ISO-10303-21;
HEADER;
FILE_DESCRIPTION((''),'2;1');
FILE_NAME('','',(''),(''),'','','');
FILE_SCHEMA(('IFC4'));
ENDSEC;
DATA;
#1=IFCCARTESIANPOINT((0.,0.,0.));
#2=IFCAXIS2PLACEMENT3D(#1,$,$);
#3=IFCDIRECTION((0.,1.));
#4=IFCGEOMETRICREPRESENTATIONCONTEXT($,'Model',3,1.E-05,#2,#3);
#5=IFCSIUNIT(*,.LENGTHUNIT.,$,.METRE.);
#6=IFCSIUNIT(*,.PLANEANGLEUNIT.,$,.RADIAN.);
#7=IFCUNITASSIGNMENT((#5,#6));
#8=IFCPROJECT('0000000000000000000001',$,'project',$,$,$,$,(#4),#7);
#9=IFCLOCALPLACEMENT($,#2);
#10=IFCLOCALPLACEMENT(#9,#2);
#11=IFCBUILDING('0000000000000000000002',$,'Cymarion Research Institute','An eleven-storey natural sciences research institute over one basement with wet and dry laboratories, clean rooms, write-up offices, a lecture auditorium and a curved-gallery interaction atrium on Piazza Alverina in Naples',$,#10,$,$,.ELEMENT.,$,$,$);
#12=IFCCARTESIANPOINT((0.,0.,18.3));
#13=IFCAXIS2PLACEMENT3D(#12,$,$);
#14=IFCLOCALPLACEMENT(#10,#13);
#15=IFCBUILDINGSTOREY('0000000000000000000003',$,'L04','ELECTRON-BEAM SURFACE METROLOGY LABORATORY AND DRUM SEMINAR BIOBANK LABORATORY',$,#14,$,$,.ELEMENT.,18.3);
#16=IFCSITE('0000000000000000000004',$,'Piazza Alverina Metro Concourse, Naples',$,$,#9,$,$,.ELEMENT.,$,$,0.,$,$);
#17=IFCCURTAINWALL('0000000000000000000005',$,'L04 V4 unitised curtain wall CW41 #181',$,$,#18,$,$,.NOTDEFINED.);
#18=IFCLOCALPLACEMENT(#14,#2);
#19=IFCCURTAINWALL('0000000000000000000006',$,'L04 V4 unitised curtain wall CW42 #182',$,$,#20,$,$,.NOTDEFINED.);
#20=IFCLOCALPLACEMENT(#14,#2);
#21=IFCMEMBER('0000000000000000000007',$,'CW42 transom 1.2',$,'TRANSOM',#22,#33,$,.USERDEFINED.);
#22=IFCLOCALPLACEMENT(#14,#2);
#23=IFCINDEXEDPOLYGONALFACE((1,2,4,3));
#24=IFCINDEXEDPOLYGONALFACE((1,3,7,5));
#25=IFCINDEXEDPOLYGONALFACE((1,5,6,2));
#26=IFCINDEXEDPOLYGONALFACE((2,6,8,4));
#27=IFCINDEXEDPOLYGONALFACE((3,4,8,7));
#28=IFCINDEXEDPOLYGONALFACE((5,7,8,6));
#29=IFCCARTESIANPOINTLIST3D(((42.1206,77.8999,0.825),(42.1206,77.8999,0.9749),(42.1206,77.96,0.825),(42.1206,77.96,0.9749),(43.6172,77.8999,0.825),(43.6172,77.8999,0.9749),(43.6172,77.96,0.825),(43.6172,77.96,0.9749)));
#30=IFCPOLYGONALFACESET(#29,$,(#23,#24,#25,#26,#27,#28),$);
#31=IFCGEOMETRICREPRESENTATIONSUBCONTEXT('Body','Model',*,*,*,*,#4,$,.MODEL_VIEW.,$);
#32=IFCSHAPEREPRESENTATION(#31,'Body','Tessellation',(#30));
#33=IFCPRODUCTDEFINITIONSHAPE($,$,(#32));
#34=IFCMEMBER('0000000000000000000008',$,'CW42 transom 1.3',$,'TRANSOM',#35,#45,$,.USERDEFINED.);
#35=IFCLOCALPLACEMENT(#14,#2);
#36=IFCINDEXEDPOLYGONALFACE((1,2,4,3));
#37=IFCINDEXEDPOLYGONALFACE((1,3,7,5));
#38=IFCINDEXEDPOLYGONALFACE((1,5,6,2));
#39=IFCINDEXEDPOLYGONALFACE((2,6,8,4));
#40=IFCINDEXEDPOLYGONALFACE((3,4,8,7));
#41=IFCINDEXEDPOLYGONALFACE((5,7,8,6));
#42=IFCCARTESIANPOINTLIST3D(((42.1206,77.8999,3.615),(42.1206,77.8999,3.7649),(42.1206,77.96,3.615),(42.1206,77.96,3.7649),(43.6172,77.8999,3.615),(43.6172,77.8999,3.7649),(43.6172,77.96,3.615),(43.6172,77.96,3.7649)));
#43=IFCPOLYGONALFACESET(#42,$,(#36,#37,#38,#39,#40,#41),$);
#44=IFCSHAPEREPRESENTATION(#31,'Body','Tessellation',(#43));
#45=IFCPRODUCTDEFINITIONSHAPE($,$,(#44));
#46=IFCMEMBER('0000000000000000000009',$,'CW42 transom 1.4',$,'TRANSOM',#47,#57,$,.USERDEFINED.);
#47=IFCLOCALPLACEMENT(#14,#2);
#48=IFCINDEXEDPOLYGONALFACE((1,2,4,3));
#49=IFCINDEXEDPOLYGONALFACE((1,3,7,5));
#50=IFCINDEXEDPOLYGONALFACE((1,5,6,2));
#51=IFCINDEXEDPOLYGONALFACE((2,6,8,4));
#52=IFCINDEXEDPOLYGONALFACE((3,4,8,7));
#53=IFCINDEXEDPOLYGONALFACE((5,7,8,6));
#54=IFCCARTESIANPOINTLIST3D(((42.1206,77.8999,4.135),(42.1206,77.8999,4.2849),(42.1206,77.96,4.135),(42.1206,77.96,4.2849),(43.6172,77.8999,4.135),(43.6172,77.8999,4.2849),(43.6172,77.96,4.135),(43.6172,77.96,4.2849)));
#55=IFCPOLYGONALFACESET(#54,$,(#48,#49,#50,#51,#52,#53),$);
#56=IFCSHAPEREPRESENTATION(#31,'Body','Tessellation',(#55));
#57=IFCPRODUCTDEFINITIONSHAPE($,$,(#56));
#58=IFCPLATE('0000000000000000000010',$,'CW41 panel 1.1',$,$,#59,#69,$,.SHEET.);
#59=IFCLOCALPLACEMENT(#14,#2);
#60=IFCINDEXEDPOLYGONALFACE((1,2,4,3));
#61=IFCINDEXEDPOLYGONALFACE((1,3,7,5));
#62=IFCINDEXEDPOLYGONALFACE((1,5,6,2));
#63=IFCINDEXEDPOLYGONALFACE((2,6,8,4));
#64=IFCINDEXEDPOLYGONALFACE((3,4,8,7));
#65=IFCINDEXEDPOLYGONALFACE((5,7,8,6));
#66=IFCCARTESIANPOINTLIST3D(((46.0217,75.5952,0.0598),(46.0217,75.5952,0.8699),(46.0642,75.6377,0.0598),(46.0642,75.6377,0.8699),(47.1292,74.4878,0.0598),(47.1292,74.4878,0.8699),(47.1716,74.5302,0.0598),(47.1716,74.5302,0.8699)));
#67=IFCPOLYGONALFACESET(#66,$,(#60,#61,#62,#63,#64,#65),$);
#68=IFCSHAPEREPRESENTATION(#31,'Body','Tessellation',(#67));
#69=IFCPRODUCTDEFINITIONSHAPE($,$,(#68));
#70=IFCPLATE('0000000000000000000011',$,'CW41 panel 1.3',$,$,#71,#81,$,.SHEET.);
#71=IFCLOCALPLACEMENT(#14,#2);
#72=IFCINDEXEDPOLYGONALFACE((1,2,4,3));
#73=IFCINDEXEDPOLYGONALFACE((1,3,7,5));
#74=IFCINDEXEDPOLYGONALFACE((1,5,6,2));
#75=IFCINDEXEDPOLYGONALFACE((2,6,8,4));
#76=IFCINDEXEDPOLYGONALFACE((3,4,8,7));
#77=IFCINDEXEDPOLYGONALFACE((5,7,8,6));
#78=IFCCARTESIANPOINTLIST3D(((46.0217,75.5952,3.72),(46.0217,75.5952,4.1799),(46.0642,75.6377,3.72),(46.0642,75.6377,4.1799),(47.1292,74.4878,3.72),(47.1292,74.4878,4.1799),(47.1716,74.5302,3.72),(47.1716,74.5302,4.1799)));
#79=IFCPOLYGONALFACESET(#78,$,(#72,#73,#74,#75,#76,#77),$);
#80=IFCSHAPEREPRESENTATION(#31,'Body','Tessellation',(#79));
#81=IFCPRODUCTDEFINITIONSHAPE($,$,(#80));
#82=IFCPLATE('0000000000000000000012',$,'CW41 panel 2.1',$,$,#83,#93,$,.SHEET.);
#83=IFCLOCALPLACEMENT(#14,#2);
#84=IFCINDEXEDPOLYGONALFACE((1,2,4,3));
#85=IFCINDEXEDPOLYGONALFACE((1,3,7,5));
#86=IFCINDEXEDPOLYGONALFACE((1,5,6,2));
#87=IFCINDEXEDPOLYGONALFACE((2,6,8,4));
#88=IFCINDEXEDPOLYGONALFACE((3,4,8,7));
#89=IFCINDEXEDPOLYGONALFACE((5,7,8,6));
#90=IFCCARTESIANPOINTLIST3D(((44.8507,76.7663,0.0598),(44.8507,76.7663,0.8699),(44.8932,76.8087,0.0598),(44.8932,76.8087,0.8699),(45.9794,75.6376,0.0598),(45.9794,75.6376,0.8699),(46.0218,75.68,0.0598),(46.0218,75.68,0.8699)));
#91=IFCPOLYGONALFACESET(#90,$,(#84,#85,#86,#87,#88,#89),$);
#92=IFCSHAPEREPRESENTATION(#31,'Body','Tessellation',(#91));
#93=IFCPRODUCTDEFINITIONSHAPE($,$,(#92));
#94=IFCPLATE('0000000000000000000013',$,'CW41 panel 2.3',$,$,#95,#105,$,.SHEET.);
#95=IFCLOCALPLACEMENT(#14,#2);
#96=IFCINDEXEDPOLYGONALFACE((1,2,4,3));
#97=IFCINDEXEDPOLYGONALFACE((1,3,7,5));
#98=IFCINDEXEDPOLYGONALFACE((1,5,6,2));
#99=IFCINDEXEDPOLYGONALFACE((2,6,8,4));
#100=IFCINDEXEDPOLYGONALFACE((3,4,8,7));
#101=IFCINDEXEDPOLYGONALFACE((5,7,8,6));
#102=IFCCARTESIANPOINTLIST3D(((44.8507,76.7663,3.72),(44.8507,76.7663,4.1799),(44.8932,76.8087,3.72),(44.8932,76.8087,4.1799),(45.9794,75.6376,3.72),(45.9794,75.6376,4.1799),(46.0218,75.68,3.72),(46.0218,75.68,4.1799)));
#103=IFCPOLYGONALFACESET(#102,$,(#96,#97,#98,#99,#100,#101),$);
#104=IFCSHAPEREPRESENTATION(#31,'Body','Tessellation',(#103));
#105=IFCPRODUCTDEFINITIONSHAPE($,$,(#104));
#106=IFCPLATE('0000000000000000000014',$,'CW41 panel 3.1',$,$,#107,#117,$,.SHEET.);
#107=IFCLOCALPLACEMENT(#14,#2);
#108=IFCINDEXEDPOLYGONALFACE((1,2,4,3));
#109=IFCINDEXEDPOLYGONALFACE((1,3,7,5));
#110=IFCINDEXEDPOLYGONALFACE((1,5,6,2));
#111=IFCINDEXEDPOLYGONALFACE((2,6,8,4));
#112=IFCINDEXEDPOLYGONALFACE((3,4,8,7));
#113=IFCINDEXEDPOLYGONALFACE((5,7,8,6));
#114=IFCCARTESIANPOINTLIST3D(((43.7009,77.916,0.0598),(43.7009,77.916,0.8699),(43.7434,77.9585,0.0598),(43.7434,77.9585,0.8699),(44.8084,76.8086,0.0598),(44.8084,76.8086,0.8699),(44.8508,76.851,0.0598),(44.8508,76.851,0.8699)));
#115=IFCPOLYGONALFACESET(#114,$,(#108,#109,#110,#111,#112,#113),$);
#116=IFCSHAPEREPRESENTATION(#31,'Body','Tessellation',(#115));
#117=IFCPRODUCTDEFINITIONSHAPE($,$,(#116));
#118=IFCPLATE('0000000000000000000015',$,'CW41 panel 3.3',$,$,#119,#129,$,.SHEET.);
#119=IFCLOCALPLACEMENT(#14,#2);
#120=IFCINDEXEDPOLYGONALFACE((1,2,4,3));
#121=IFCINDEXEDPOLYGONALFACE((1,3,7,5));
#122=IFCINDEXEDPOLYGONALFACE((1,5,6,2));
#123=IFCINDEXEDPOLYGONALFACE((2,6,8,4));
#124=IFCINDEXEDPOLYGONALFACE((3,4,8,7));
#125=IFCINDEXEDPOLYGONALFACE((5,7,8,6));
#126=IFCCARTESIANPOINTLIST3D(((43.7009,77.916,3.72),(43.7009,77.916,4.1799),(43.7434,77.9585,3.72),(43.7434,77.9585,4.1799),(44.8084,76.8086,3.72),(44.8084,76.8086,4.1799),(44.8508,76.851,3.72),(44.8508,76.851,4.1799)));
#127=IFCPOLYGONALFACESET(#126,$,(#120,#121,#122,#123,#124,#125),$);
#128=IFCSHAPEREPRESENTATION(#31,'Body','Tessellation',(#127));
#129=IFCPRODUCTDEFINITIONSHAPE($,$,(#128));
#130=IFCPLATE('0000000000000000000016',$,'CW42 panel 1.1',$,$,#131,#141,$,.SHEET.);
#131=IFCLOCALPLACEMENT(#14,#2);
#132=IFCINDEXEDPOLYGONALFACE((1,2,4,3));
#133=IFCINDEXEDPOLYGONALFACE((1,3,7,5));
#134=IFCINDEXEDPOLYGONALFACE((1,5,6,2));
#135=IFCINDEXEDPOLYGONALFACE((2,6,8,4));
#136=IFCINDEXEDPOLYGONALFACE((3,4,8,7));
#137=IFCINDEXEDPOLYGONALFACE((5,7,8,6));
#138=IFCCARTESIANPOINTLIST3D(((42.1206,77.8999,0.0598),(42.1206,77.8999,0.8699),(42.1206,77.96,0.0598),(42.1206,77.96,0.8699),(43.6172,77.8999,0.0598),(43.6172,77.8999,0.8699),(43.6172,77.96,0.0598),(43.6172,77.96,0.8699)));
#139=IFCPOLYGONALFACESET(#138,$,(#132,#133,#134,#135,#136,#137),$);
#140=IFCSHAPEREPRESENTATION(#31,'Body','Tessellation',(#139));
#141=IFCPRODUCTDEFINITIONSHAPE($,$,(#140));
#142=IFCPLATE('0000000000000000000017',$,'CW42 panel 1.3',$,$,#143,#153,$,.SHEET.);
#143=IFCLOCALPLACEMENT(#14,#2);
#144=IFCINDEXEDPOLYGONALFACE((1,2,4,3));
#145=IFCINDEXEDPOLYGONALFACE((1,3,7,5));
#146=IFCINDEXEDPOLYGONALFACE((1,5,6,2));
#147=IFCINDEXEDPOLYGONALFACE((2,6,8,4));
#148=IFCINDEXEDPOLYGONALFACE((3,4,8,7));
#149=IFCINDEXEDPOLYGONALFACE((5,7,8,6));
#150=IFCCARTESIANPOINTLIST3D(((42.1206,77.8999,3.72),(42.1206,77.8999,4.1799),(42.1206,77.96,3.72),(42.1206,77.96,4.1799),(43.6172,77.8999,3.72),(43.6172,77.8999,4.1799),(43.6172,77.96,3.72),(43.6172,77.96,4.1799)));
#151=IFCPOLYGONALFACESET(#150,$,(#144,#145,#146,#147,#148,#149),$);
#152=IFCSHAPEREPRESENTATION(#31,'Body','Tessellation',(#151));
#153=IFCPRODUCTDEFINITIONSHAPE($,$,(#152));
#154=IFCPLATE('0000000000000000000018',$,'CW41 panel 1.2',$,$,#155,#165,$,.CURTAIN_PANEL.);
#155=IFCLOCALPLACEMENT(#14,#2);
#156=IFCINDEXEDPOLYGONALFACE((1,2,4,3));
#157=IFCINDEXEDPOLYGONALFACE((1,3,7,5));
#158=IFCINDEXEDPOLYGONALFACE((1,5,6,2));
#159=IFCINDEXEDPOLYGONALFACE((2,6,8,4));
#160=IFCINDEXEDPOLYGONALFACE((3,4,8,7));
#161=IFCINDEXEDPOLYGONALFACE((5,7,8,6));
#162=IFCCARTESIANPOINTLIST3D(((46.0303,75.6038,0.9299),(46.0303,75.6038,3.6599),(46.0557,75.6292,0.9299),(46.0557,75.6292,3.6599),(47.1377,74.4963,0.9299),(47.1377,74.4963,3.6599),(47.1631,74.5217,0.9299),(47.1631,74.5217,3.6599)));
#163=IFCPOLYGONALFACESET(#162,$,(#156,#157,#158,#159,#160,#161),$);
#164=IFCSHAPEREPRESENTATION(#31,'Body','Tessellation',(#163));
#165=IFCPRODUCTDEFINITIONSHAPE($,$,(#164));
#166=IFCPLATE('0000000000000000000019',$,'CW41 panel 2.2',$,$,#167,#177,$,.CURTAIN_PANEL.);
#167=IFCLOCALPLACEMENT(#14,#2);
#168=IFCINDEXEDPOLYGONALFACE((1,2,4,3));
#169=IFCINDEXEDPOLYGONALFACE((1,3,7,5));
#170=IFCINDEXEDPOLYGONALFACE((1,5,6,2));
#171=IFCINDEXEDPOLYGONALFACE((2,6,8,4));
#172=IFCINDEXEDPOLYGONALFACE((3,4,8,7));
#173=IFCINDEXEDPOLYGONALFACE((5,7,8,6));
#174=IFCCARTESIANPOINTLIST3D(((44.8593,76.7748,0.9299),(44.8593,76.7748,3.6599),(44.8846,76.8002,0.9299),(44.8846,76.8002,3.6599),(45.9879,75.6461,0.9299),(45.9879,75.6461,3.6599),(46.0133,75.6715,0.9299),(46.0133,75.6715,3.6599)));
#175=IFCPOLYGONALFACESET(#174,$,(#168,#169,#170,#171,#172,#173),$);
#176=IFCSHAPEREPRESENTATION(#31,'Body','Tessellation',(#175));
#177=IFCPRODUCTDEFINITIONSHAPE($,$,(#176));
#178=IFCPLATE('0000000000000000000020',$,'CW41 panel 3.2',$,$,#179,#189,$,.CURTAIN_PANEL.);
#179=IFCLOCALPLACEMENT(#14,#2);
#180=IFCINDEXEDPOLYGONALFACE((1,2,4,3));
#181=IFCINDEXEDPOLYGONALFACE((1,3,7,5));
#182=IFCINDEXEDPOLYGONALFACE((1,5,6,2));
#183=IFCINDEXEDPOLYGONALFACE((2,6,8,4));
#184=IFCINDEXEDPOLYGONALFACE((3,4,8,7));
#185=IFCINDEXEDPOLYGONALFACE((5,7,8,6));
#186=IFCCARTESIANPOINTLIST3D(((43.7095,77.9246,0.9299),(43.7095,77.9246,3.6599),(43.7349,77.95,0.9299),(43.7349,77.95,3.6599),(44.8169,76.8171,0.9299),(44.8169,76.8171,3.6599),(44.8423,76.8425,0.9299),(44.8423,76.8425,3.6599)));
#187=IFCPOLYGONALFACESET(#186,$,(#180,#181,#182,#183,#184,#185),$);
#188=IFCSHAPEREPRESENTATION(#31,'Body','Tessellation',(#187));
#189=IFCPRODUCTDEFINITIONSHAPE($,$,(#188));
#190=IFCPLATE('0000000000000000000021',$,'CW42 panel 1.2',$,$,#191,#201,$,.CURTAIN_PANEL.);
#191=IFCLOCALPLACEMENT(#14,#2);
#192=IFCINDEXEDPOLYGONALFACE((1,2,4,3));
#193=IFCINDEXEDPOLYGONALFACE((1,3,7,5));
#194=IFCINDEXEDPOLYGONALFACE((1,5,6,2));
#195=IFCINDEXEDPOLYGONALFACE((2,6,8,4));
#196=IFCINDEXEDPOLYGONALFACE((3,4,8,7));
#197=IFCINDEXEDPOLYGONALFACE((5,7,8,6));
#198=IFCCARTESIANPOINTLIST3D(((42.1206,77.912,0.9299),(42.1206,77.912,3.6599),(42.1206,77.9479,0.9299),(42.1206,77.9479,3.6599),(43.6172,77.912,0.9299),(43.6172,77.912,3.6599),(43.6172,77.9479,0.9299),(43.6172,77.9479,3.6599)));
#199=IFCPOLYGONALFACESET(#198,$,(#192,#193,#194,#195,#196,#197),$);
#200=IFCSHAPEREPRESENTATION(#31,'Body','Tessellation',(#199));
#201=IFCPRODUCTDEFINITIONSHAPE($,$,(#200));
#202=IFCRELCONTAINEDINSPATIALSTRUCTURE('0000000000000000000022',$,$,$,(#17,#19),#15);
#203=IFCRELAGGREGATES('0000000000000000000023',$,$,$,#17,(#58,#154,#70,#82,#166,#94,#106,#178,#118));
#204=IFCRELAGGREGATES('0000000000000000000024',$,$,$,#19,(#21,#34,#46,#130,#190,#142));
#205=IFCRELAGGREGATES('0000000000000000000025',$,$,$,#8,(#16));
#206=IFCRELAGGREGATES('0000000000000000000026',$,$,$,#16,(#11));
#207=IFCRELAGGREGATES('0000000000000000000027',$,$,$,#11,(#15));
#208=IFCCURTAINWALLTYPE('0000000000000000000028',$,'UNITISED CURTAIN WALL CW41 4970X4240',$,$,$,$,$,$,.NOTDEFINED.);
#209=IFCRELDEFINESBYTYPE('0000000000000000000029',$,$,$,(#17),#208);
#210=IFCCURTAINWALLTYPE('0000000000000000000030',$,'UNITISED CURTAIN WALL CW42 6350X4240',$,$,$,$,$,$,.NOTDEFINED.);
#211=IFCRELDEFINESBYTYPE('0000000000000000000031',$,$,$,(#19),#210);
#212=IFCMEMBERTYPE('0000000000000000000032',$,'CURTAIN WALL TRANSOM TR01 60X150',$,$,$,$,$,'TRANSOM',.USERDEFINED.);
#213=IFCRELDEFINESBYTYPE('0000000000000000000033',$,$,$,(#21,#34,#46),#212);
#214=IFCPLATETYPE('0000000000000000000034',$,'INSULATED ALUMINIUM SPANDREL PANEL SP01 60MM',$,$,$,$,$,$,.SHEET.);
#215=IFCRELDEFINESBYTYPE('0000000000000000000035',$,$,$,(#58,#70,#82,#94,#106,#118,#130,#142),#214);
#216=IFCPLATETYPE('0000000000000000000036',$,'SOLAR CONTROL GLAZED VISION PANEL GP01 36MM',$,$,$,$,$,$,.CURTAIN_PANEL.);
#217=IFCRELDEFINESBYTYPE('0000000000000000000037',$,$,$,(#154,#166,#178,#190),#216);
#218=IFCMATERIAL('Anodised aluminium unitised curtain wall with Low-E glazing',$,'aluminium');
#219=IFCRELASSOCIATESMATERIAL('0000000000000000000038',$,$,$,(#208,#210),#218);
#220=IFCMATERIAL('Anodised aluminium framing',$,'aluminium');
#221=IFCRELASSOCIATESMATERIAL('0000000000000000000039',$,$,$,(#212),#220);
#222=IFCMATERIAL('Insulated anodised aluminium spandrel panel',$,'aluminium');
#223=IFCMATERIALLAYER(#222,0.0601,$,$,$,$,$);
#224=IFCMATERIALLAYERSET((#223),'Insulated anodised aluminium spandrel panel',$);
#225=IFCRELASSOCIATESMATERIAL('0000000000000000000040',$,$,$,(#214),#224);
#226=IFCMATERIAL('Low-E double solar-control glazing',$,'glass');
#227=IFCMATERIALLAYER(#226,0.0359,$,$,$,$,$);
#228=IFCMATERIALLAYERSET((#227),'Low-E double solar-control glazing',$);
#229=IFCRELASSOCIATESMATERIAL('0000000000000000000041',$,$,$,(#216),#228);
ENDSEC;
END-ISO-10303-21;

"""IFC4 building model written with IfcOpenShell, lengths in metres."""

from ifc_helpers import new_model, si_unit, direction, frame, origin, origin_2d, place, context, subcontext, project, spatial, rectangle, extrude, material, layer, layer_set, material_profile, profile_set, type_object, element, aggregate, save


model = new_model("IFC4")

# Units and contexts
model_context = context("Model", 3, precision=1e-05, world=origin(), true_north=direction((0.0, 1.0)))
body_context = subcontext(model_context, "Body", "Model", "MODEL_VIEW")
ifc_project = project(units=[si_unit("LENGTHUNIT", "METRE"), si_unit("PLANEANGLEUNIT", "RADIAN")], contexts=[model_context])

# Site, building, storey
site_placement = place(None, origin())
site = spatial("IfcSite", under=ifc_project, at=site_placement, Name="Piazza Alverina Metro Concourse, Naples", CompositionType="ELEMENT", RefElevation=0.0)
building_placement = place(site_placement, origin())
building = spatial("IfcBuilding", under=site, at=building_placement, Name="Cymarion Research Institute", Description="An eleven-storey natural sciences research institute over one basement with wet and dry laboratories, clean rooms, write-up offices, a lecture auditorium and a curved-gallery interaction atrium on Piazza Alverina in Naples", CompositionType="ELEMENT")
storey_placement = place(building_placement, frame((0.0, 0.0, 18.3)))
storey = spatial("IfcBuildingStorey", under=building, at=storey_placement, Name="L04", Description="ELECTRON-BEAM SURFACE METROLOGY LABORATORY AND DRUM SEMINAR BIOBANK LABORATORY", CompositionType="ELEMENT", Elevation=18.3)

# Curtain wall
ifc_material_1 = material(Name="Anodised aluminium unitised curtain wall with Low-E glazing", Category="aluminium")
curtain_wall_type_1 = type_object("IfcCurtainWallType", Name="UNITISED CURTAIN WALL CW41 4970X4240", PredefinedType="NOTDEFINED", material=ifc_material_1)
curtain_wall_1_placement = place(storey_placement, origin())
curtain_wall_1 = element("IfcCurtainWall", 1, at=curtain_wall_1_placement, inside=storey, type_object=curtain_wall_type_1, Name="L04 V4 unitised curtain wall CW41 #181", PredefinedType="NOTDEFINED")
ifc_material_2 = material(Name="Anodised aluminium framing", Category="aluminium")

# Curtain wall
curtain_wall_type_2 = type_object("IfcCurtainWallType", Name="UNITISED CURTAIN WALL CW42 6350X4240", PredefinedType="NOTDEFINED", material=ifc_material_1)
curtain_wall_2_placement = place(storey_placement, origin())
curtain_wall_2 = element("IfcCurtainWall", 2, at=curtain_wall_2_placement, inside=storey, type_object=curtain_wall_type_2, Name="L04 V4 unitised curtain wall CW42 #182", PredefinedType="NOTDEFINED")

# Members
ifc_material_profile_1 = material_profile(ifc_material_2, rectangle(XDim=0.0601, YDim=0.1499, at=origin_2d()), Name="ALU TRANSOM 60x150")
ifc_profile_set_1 = profile_set([ifc_material_profile_1], Name="Anodised aluminium framing")
member_type_1 = type_object("IfcMemberType", Name="CURTAIN WALL TRANSOM TR01 60X150", ElementType="TRANSOM", PredefinedType="USERDEFINED", material=ifc_profile_set_1)
member_1_placement = place(storey_placement, frame((43.6172, 77.9299, 0.8999), z_axis=(-1.0, 0.0, 0.0), x_axis=(0.0, -1.0, 0.0)))
member_1 = element("IfcMember", 3, at=member_1_placement, type_object=member_type_1, Name="CW42 transom 1.2", ObjectType="TRANSOM", PredefinedType="USERDEFINED", context=body_context, shape_type="SweptSolid", body=[
    extrude(rectangle(XDim=0.0601, YDim=0.1499, at=origin_2d()), origin(), (0.0, 0.0, 1.0), 1.4966),
])
member_2_placement = place(storey_placement, frame((43.6172, 77.9299, 3.6899), z_axis=(-1.0, 0.0, 0.0), x_axis=(0.0, -1.0, 0.0)))
member_2 = element("IfcMember", 4, at=member_2_placement, type_object=member_type_1, Name="CW42 transom 1.3", ObjectType="TRANSOM", PredefinedType="USERDEFINED", context=body_context, shape_type="SweptSolid", body=[
    extrude(rectangle(XDim=0.0601, YDim=0.1499, at=origin_2d()), origin(), (0.0, 0.0, 1.0), 1.4966),
])
member_3_placement = place(storey_placement, frame((43.6172, 77.9299, 4.21), z_axis=(-1.0, 0.0, 0.0), x_axis=(0.0, -1.0, 0.0)))
member_3 = element("IfcMember", 5, at=member_3_placement, type_object=member_type_1, Name="CW42 transom 1.4", ObjectType="TRANSOM", PredefinedType="USERDEFINED", context=body_context, shape_type="SweptSolid", body=[
    extrude(rectangle(XDim=0.0601, YDim=0.1499, at=origin_2d()), origin(), (0.0, 0.0, 1.0), 1.4966),
])

# Plates
ifc_material_3 = material(Name="Insulated anodised aluminium spandrel panel", Category="aluminium")
ifc_layer_1 = layer(ifc_material_3, 0.0601)
ifc_layer_set_1 = layer_set([ifc_layer_1], Name="Insulated anodised aluminium spandrel panel")
plate_type_1 = type_object("IfcPlateType", Name="INSULATED ALUMINIUM SPANDREL PANEL SP01 60MM", PredefinedType="SHEET", material=ifc_layer_set_1)
plate_1_placement = place(storey_placement, frame((46.5967, 75.0627, 0.0598), z_axis=(0.0, 0.0, 1.0), x_axis=(-0.707097, 0.707117, 0.0)))
plate_1 = element("IfcPlate", 6, at=plate_1_placement, type_object=plate_type_1, Name="CW41 panel 1.1", PredefinedType="SHEET", context=body_context, shape_type="SweptSolid", body=[
    extrude(rectangle(XDim=1.5662, YDim=0.0601, at=origin_2d()), origin(), (0.0, 0.0, 1.0), 0.8101),
])
plate_2_placement = place(storey_placement, frame((46.5967, 75.0627, 3.72), z_axis=(0.0, 0.0, 1.0), x_axis=(-0.707097, 0.707117, 0.0)))
plate_2 = element("IfcPlate", 7, at=plate_2_placement, type_object=plate_type_1, Name="CW41 panel 1.3", PredefinedType="SHEET", context=body_context, shape_type="SweptSolid", body=[
    extrude(rectangle(XDim=1.5662, YDim=0.0601, at=origin_2d()), origin(), (0.0, 0.0, 1.0), 0.46),
])
plate_3_placement = place(storey_placement, frame((45.4363, 76.2231, 0.0598), z_axis=(0.0, 0.0, 1.0), x_axis=(-0.707097, 0.707117, 0.0)))
plate_3 = element("IfcPlate", 8, at=plate_3_placement, type_object=plate_type_1, Name="CW41 panel 2.1", PredefinedType="SHEET", context=body_context, shape_type="SweptSolid", body=[
    extrude(rectangle(XDim=1.5962, YDim=0.0601, at=origin_2d()), origin(), (0.0, 0.0, 1.0), 0.8101),
])
plate_4_placement = place(storey_placement, frame((45.4363, 76.2231, 3.72), z_axis=(0.0, 0.0, 1.0), x_axis=(-0.707097, 0.707117, 0.0)))
plate_4 = element("IfcPlate", 9, at=plate_4_placement, type_object=plate_type_1, Name="CW41 panel 2.3", PredefinedType="SHEET", context=body_context, shape_type="SweptSolid", body=[
    extrude(rectangle(XDim=1.5962, YDim=0.0601, at=origin_2d()), origin(), (0.0, 0.0, 1.0), 0.46),
])
plate_5_placement = place(storey_placement, frame((44.2759, 77.3835, 0.0598), z_axis=(0.0, 0.0, 1.0), x_axis=(-0.707097, 0.707117, 0.0)))
plate_5 = element("IfcPlate", 10, at=plate_5_placement, type_object=plate_type_1, Name="CW41 panel 3.1", PredefinedType="SHEET", context=body_context, shape_type="SweptSolid", body=[
    extrude(rectangle(XDim=1.5662, YDim=0.0601, at=origin_2d()), origin(), (0.0, 0.0, 1.0), 0.8101),
])
plate_6_placement = place(storey_placement, frame((44.2759, 77.3835, 3.72), z_axis=(0.0, 0.0, 1.0), x_axis=(-0.707097, 0.707117, 0.0)))
plate_6 = element("IfcPlate", 11, at=plate_6_placement, type_object=plate_type_1, Name="CW41 panel 3.3", PredefinedType="SHEET", context=body_context, shape_type="SweptSolid", body=[
    extrude(rectangle(XDim=1.5662, YDim=0.0601, at=origin_2d()), origin(), (0.0, 0.0, 1.0), 0.46),
])
plate_7_placement = place(storey_placement, frame((42.8689, 77.9299, 0.0598), z_axis=(0.0, 0.0, 1.0), x_axis=(-1.0, 0.0, 0.0)))
plate_7 = element("IfcPlate", 12, at=plate_7_placement, type_object=plate_type_1, Name="CW42 panel 1.1", PredefinedType="SHEET", context=body_context, shape_type="SweptSolid", body=[
    extrude(rectangle(XDim=1.4966, YDim=0.0601, at=origin_2d()), origin(), (0.0, 0.0, 1.0), 0.8101),
])
plate_8_placement = place(storey_placement, frame((42.8689, 77.9299, 3.72), z_axis=(0.0, 0.0, 1.0), x_axis=(-1.0, 0.0, 0.0)))
plate_8 = element("IfcPlate", 13, at=plate_8_placement, type_object=plate_type_1, Name="CW42 panel 1.3", PredefinedType="SHEET", context=body_context, shape_type="SweptSolid", body=[
    extrude(rectangle(XDim=1.4966, YDim=0.0601, at=origin_2d()), origin(), (0.0, 0.0, 1.0), 0.46),
])
ifc_material_4 = material(Name="Low-E double solar-control glazing", Category="glass")
ifc_layer_2 = layer(ifc_material_4, 0.0359)
ifc_layer_set_2 = layer_set([ifc_layer_2], Name="Low-E double solar-control glazing")
plate_type_2 = type_object("IfcPlateType", Name="SOLAR CONTROL GLAZED VISION PANEL GP01 36MM", PredefinedType="CURTAIN_PANEL", material=ifc_layer_set_2)
plate_9_placement = place(storey_placement, frame((46.5967, 75.0627, 0.9299), z_axis=(0.0, 0.0, 1.0), x_axis=(-0.707097, 0.707117, 0.0)))
plate_9 = element("IfcPlate", 14, at=plate_9_placement, type_object=plate_type_2, Name="CW41 panel 1.2", PredefinedType="CURTAIN_PANEL", context=body_context, shape_type="SweptSolid", body=[
    extrude(rectangle(XDim=1.5662, YDim=0.0359, at=origin_2d()), origin(), (0.0, 0.0, 1.0), 2.73),
])
plate_10_placement = place(storey_placement, frame((45.4363, 76.2231, 0.9299), z_axis=(0.0, 0.0, 1.0), x_axis=(-0.707097, 0.707117, 0.0)))
plate_10 = element("IfcPlate", 15, at=plate_10_placement, type_object=plate_type_2, Name="CW41 panel 2.2", PredefinedType="CURTAIN_PANEL", context=body_context, shape_type="SweptSolid", body=[
    extrude(rectangle(XDim=1.5962, YDim=0.0359, at=origin_2d()), origin(), (0.0, 0.0, 1.0), 2.73),
])
plate_11_placement = place(storey_placement, frame((44.2759, 77.3835, 0.9299), z_axis=(0.0, 0.0, 1.0), x_axis=(-0.707097, 0.707117, 0.0)))
plate_11 = element("IfcPlate", 16, at=plate_11_placement, type_object=plate_type_2, Name="CW41 panel 3.2", PredefinedType="CURTAIN_PANEL", context=body_context, shape_type="SweptSolid", body=[
    extrude(rectangle(XDim=1.5662, YDim=0.0359, at=origin_2d()), origin(), (0.0, 0.0, 1.0), 2.73),
])
aggregate(curtain_wall_1, [plate_1, plate_9, plate_2, plate_3, plate_10, plate_4, plate_5, plate_11, plate_6])
plate_12_placement = place(storey_placement, frame((42.8689, 77.9299, 0.9299), z_axis=(0.0, 0.0, 1.0), x_axis=(-1.0, 0.0, 0.0)))
plate_12 = element("IfcPlate", 17, at=plate_12_placement, type_object=plate_type_2, Name="CW42 panel 1.2", PredefinedType="CURTAIN_PANEL", context=body_context, shape_type="SweptSolid", body=[
    extrude(rectangle(XDim=1.4966, YDim=0.0359, at=origin_2d()), origin(), (0.0, 0.0, 1.0), 2.73),
])
aggregate(curtain_wall_2, [member_1, member_2, member_3, plate_7, plate_12, plate_8])

save(model, "model.ifc")
